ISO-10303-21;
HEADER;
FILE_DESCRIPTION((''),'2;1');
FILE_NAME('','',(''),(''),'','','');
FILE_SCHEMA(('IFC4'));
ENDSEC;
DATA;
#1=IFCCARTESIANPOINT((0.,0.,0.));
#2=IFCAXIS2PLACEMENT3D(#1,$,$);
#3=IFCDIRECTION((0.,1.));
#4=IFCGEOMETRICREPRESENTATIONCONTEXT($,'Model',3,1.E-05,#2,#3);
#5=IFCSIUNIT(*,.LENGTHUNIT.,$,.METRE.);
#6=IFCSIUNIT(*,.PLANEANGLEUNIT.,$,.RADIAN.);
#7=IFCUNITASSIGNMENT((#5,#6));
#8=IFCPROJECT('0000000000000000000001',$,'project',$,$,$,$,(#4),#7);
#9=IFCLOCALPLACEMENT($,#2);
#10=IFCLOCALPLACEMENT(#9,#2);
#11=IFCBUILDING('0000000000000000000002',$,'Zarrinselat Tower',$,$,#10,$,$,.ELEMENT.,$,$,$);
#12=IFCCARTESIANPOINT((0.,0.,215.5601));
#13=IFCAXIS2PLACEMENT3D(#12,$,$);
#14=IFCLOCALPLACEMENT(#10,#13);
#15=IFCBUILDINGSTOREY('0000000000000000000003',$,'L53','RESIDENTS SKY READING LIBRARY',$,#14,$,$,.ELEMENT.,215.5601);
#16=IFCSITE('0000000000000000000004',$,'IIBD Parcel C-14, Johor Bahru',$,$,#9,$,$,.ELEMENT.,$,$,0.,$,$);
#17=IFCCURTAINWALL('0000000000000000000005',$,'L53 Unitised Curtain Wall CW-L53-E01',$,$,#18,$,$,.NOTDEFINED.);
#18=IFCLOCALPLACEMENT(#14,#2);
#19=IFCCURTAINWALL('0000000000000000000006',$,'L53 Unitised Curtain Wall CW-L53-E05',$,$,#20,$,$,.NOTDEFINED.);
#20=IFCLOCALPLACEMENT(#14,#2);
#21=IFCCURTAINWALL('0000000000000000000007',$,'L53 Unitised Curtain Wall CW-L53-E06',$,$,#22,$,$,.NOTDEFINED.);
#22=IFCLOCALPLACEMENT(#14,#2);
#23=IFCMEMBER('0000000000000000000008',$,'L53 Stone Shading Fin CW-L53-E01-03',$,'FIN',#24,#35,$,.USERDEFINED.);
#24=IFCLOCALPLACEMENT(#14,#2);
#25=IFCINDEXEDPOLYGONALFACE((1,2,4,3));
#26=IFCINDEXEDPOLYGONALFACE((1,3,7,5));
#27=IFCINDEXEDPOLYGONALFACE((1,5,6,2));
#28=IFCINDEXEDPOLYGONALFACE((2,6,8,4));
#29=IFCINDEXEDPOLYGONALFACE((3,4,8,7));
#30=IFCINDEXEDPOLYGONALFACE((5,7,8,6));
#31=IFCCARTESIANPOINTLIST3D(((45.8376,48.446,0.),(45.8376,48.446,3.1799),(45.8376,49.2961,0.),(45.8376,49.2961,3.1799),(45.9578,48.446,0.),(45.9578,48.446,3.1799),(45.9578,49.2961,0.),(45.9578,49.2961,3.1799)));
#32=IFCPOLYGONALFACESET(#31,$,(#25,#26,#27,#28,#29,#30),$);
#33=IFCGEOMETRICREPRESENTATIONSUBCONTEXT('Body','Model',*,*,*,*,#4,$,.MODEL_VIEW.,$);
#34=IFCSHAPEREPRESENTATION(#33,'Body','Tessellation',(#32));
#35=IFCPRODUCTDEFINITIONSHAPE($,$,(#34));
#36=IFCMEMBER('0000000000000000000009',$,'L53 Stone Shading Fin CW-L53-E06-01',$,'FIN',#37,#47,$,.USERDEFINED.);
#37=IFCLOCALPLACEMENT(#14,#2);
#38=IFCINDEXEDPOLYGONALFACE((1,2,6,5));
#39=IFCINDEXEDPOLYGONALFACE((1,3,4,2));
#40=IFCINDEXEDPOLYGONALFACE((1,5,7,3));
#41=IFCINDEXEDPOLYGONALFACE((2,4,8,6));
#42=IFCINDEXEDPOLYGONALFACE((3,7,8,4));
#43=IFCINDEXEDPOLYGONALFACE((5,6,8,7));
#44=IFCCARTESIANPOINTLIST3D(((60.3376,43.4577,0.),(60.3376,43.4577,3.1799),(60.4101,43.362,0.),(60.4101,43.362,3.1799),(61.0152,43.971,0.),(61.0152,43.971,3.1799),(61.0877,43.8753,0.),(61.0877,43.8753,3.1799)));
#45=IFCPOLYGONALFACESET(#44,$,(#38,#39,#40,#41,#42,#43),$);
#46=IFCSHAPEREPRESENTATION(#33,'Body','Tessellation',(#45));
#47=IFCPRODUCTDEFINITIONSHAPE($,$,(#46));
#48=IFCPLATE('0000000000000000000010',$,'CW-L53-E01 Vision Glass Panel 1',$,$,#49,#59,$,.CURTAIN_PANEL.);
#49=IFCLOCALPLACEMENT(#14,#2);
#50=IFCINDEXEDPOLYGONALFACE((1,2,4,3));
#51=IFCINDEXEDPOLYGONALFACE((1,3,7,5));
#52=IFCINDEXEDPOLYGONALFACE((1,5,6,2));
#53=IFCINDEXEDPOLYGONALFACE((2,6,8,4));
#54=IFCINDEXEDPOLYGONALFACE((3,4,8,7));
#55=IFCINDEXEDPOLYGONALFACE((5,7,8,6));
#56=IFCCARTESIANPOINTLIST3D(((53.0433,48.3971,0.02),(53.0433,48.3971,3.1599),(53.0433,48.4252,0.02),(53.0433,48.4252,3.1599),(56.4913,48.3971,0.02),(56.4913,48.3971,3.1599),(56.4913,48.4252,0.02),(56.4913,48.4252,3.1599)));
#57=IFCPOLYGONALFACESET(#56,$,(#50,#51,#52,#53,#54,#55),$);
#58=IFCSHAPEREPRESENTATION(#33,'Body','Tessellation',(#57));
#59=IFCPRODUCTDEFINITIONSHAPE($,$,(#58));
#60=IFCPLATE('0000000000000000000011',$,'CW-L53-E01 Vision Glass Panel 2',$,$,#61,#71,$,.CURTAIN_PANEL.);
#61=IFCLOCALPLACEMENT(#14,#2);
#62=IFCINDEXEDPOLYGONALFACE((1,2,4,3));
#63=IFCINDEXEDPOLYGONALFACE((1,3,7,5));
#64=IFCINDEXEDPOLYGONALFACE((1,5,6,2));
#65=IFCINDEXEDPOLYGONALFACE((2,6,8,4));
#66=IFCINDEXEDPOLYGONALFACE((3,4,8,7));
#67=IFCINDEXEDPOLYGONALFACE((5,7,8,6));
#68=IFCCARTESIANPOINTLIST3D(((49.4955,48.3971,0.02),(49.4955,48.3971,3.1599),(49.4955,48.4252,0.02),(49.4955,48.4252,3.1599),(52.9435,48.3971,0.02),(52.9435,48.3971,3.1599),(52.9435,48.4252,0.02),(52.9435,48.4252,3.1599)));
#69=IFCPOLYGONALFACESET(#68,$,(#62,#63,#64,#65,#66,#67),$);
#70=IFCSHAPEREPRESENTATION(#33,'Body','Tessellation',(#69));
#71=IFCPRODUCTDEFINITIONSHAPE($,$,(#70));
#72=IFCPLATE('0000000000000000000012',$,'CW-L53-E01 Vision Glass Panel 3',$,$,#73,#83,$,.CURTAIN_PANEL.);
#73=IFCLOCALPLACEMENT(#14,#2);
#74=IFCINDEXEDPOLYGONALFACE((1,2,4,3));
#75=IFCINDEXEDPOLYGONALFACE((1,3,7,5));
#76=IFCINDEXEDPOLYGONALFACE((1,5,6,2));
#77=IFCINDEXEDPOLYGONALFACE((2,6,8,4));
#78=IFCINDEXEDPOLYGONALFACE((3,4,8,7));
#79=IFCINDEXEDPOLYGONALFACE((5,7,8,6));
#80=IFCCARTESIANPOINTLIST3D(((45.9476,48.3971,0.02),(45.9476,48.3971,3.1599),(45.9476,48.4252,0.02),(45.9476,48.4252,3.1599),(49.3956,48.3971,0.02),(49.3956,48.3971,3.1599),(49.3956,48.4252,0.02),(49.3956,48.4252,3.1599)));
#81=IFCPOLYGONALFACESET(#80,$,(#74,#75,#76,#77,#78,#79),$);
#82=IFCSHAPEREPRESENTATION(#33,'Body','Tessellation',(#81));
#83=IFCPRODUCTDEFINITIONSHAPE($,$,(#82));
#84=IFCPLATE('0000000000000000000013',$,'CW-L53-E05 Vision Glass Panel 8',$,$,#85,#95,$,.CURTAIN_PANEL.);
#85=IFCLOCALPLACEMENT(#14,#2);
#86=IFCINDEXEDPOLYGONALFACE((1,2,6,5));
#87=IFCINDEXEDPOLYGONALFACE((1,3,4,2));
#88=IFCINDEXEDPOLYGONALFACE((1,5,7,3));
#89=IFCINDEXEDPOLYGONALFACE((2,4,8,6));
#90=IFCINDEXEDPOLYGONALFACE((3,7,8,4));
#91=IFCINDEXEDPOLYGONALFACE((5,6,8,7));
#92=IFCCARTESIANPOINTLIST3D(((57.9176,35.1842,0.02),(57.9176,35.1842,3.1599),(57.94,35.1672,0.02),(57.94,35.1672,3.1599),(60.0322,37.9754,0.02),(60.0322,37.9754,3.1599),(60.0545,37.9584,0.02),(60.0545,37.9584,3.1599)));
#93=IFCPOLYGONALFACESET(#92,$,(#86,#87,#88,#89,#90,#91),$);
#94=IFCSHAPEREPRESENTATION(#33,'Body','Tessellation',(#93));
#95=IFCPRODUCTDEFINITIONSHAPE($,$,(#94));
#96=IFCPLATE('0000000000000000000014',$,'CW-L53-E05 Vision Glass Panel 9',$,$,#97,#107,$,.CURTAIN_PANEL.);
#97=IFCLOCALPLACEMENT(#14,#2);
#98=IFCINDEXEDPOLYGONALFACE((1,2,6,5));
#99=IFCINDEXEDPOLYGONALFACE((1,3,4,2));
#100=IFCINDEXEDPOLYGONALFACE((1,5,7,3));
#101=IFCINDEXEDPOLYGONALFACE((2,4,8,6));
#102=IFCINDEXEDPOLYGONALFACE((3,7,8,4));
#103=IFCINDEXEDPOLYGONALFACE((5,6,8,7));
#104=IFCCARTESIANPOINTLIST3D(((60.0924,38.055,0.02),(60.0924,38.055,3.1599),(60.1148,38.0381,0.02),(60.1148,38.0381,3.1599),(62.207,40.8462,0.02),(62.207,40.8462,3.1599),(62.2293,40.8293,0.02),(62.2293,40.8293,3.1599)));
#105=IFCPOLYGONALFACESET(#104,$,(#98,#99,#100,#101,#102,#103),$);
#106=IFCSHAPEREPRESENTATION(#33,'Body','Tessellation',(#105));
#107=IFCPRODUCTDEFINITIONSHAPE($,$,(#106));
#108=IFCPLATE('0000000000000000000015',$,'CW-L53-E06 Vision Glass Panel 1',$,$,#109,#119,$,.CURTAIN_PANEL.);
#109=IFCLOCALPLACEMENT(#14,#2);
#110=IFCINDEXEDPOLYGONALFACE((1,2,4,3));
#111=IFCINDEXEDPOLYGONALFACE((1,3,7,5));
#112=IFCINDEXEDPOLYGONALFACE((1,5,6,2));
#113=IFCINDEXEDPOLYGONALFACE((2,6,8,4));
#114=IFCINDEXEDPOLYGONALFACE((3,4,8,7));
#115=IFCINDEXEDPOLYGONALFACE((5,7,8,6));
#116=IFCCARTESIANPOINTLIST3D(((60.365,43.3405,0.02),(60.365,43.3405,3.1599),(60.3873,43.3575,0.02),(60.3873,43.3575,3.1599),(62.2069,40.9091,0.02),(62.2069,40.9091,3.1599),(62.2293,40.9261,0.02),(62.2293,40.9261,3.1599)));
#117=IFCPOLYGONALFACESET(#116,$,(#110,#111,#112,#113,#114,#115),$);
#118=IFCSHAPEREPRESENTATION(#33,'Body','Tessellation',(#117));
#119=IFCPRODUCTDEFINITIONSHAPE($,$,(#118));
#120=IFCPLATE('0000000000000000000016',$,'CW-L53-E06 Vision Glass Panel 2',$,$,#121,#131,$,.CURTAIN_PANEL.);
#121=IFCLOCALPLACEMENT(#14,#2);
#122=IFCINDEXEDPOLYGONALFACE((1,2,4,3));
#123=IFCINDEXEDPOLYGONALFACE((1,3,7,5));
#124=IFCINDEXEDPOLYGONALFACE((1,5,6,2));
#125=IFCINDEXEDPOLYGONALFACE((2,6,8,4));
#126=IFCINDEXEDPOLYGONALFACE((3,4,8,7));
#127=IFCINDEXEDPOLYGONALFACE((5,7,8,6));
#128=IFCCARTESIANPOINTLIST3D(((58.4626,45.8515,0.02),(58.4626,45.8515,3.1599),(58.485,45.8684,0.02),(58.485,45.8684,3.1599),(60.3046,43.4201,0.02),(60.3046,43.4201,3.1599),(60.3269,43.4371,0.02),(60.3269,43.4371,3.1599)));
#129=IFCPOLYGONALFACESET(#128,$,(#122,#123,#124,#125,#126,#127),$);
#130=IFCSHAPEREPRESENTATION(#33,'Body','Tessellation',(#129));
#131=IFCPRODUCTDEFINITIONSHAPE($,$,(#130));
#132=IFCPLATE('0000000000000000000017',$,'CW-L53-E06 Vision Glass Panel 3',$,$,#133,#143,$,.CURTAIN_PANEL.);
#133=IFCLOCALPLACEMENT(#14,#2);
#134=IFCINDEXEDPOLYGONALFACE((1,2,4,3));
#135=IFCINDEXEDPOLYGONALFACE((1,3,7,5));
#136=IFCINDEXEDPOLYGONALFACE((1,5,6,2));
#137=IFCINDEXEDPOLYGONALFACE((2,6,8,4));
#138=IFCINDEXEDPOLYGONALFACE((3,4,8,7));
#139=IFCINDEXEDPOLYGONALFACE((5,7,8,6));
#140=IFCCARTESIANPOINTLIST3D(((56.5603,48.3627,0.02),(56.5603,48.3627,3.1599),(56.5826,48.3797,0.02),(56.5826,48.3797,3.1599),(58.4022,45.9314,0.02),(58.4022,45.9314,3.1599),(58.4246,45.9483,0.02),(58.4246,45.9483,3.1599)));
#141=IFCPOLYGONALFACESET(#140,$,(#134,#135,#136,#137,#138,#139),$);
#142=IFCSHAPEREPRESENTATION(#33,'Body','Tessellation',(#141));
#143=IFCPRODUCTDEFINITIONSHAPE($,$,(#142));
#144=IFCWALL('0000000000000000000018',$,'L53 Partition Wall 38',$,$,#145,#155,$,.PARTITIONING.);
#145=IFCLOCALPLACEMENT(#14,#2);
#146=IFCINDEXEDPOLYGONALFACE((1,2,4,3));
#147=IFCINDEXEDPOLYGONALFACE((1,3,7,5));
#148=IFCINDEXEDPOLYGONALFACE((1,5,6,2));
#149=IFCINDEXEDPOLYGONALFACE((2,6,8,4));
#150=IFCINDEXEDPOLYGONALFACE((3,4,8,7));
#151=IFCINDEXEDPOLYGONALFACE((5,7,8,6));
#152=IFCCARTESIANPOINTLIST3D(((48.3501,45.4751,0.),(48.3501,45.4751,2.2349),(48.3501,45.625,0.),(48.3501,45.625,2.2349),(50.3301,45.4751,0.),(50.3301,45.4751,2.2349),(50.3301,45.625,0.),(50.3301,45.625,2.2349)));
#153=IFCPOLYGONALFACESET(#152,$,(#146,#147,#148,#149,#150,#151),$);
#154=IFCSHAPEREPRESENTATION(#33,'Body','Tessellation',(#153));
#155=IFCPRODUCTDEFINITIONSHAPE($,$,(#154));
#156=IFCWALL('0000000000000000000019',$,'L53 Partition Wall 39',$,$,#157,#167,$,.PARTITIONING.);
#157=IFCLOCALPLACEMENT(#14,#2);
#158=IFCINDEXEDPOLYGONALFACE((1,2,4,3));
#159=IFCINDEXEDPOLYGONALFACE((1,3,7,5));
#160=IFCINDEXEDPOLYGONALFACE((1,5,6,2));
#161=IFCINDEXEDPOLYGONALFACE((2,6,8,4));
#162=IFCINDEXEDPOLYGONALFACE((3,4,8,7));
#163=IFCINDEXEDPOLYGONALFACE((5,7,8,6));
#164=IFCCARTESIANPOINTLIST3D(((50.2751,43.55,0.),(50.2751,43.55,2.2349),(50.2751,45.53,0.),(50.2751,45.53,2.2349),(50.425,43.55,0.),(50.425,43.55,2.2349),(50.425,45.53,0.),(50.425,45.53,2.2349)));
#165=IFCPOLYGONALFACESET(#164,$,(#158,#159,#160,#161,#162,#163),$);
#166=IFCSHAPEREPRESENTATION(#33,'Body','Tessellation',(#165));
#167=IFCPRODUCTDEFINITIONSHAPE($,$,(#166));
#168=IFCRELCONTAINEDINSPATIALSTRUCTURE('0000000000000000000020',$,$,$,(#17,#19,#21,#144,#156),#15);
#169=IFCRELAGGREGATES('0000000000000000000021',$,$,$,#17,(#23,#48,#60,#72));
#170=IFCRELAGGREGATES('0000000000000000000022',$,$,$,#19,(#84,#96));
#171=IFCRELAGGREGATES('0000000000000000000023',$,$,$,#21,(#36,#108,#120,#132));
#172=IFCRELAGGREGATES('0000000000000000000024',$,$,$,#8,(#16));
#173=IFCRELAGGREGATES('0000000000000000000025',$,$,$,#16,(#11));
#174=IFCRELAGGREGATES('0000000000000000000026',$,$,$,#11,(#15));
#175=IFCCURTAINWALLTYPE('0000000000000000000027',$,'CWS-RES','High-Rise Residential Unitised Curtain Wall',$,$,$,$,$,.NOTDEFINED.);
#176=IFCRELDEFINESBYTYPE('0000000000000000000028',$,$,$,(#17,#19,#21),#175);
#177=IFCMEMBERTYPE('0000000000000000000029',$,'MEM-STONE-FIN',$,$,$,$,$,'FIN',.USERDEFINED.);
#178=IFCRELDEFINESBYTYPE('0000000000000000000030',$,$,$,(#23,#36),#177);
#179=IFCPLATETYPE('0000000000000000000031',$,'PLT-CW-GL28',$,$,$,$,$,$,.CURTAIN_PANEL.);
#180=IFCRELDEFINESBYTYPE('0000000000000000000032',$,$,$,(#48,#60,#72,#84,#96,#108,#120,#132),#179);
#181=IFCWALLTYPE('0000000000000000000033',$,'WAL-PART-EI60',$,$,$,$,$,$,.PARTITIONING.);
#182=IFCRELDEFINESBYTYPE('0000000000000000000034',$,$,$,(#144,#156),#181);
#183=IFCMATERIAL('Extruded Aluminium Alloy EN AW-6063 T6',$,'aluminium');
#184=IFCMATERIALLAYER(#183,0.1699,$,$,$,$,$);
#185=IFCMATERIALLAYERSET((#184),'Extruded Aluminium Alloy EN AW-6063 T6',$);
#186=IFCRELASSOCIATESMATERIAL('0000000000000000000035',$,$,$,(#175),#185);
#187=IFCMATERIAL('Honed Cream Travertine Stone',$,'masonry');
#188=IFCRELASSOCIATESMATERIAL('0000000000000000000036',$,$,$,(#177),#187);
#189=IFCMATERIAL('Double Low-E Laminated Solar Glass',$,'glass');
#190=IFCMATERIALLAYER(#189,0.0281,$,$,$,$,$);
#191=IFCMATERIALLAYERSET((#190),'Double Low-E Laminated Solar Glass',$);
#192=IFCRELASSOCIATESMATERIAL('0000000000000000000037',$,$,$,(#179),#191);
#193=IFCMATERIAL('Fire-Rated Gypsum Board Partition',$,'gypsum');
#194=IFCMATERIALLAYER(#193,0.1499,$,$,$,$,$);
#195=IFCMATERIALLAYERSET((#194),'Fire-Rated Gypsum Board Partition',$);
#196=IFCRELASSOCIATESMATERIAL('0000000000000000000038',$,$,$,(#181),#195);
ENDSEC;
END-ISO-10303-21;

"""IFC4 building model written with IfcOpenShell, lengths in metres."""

from ifc_helpers import new_model, si_unit, direction, frame, frame_2d, origin, origin_2d, place, context, subcontext, project, spatial, rectangle, extrude, material, layer, layer_set, material_profile, profile_set, type_object, element, aggregate, save


model = new_model("IFC4")

# Units and contexts
model_context = context("Model", 3, precision=1e-05, world=origin(), true_north=direction((0.0, 1.0)))
body_context = subcontext(model_context, "Body", "Model", "MODEL_VIEW")
ifc_project = project(units=[si_unit("LENGTHUNIT", "METRE"), si_unit("PLANEANGLEUNIT", "RADIAN")], contexts=[model_context])

# Site, building, storey
site_placement = place(None, origin())
site = spatial("IfcSite", under=ifc_project, at=site_placement, Name="IIBD Parcel C-14, Johor Bahru", CompositionType="ELEMENT", RefElevation=0.0)
building_placement = place(site_placement, origin())
building = spatial("IfcBuilding", under=site, at=building_placement, Name="Zarrinselat Tower", CompositionType="ELEMENT")
storey_placement = place(building_placement, frame((0.0, 0.0, 215.5601)))
storey = spatial("IfcBuildingStorey", under=building, at=storey_placement, Name="L53", Description="RESIDENTS SKY READING LIBRARY", CompositionType="ELEMENT", Elevation=215.5601)

# Curtain walls
ifc_material_1 = material(Name="Extruded Aluminium Alloy EN AW-6063 T6", Category="aluminium")
ifc_layer_1 = layer(ifc_material_1, 0.1699)
ifc_layer_set_1 = layer_set([ifc_layer_1], Name="Extruded Aluminium Alloy EN AW-6063 T6")
curtain_wall_type = type_object("IfcCurtainWallType", Name="CWS-RES", Description="High-Rise Residential Unitised Curtain Wall", PredefinedType="NOTDEFINED", material=ifc_layer_set_1)
curtain_wall_1_placement = place(storey_placement, origin())
curtain_wall_1 = element("IfcCurtainWall", 1, at=curtain_wall_1_placement, inside=storey, type_object=curtain_wall_type, Name="L53 Unitised Curtain Wall CW-L53-E01", PredefinedType="NOTDEFINED")
curtain_wall_2_placement = place(storey_placement, origin())
curtain_wall_2 = element("IfcCurtainWall", 2, at=curtain_wall_2_placement, inside=storey, type_object=curtain_wall_type, Name="L53 Unitised Curtain Wall CW-L53-E05", PredefinedType="NOTDEFINED")
curtain_wall_3_placement = place(storey_placement, origin())
curtain_wall_3 = element("IfcCurtainWall", 3, at=curtain_wall_3_placement, inside=storey, type_object=curtain_wall_type, Name="L53 Unitised Curtain Wall CW-L53-E06", PredefinedType="NOTDEFINED")

# Members
ifc_material_2 = material(Name="Honed Cream Travertine Stone", Category="masonry")
ifc_material_profile_1 = material_profile(ifc_material_2, rectangle(XDim=0.1201, YDim=0.8501, at=origin_2d()), Name="FIN 850x120")
ifc_profile_set_1 = profile_set([ifc_material_profile_1], Name="Honed Cream Travertine Stone")
member_type_1 = type_object("IfcMemberType", Name="MEM-STONE-FIN", ElementType="FIN", PredefinedType="USERDEFINED", material=ifc_profile_set_1)
member_1_placement = place(storey_placement, frame((45.8977, 48.8711, 0.0), z_axis=(0.0, 0.0, 1.0), x_axis=(1.0, 0.0, 0.0)))
member_1 = element("IfcMember", 4, at=member_1_placement, type_object=member_type_1, Name="L53 Stone Shading Fin CW-L53-E01-03", ObjectType="FIN", PredefinedType="USERDEFINED", context=body_context, shape_type="SweptSolid", body=[
    extrude(rectangle(XDim=0.1201, YDim=0.8501, at=origin_2d()), origin(), (0.0, 0.0, 1.0), 3.1799),
])
member_2_placement = place(storey_placement, frame((60.7126, 43.6665, 0.0), z_axis=(0.0, 0.0, 1.0), x_axis=(0.603858, -0.797092, 0.0)))
member_2 = element("IfcMember", 5, at=member_2_placement, type_object=member_type_1, Name="L53 Stone Shading Fin CW-L53-E06-01", ObjectType="FIN", PredefinedType="USERDEFINED", context=body_context, shape_type="SweptSolid", body=[
    extrude(rectangle(XDim=0.1201, YDim=0.8501, at=origin_2d()), origin(), (0.0, 0.0, 1.0), 3.1799),
])

# Plates
ifc_material_3 = material(Name="Double Low-E Laminated Solar Glass", Category="glass")
ifc_layer_2 = layer(ifc_material_3, 0.0281)
ifc_layer_set_2 = layer_set([ifc_layer_2], Name="Double Low-E Laminated Solar Glass")
plate_type = type_object("IfcPlateType", Name="PLT-CW-GL28", PredefinedType="CURTAIN_PANEL", material=ifc_layer_set_2)
plate_1_placement = place(storey_placement, frame((54.7673, 48.4111, 0.02), z_axis=(0.0, 0.0, 1.0), x_axis=(-1.0, 0.0, 0.0)))
plate_1 = element("IfcPlate", 6, at=plate_1_placement, type_object=plate_type, Name="CW-L53-E01 Vision Glass Panel 1", PredefinedType="CURTAIN_PANEL", context=body_context, shape_type="SweptSolid", body=[
    extrude(rectangle(XDim=3.448, YDim=0.0281, at=origin_2d()), origin(), (0.0, 0.0, 1.0), 3.1399),
])
plate_2_placement = place(storey_placement, frame((51.2195, 48.4111, 0.02), z_axis=(0.0, 0.0, 1.0), x_axis=(-1.0, 0.0, 0.0)))
plate_2 = element("IfcPlate", 7, at=plate_2_placement, type_object=plate_type, Name="CW-L53-E01 Vision Glass Panel 2", PredefinedType="CURTAIN_PANEL", context=body_context, shape_type="SweptSolid", body=[
    extrude(rectangle(XDim=3.448, YDim=0.0281, at=origin_2d()), origin(), (0.0, 0.0, 1.0), 3.1399),
])
plate_3_placement = place(storey_placement, frame((47.6716, 48.4111, 0.02), z_axis=(0.0, 0.0, 1.0), x_axis=(-1.0, 0.0, 0.0)))
plate_3 = element("IfcPlate", 8, at=plate_3_placement, type_object=plate_type, Name="CW-L53-E01 Vision Glass Panel 3", PredefinedType="CURTAIN_PANEL", context=body_context, shape_type="SweptSolid", body=[
    extrude(rectangle(XDim=3.448, YDim=0.0281, at=origin_2d()), origin(), (0.0, 0.0, 1.0), 3.1399),
])
aggregate(curtain_wall_1, [member_1, plate_1, plate_2, plate_3])
plate_4_placement = place(storey_placement, frame((58.9861, 36.5713, 0.02), z_axis=(0.0, 0.0, 1.0), x_axis=(0.603859, 0.797091, 0.0)))
plate_4 = element("IfcPlate", 9, at=plate_4_placement, type_object=plate_type, Name="CW-L53-E05 Vision Glass Panel 8", PredefinedType="CURTAIN_PANEL", context=body_context, shape_type="SweptSolid", body=[
    extrude(rectangle(XDim=3.5017, YDim=0.0281, at=origin_2d()), origin(), (0.0, 0.0, 1.0), 3.1399),
])
plate_5_placement = place(storey_placement, frame((61.1609, 39.4421, 0.02), z_axis=(0.0, 0.0, 1.0), x_axis=(0.603859, 0.797091, 0.0)))
plate_5 = element("IfcPlate", 10, at=plate_5_placement, type_object=plate_type, Name="CW-L53-E05 Vision Glass Panel 9", PredefinedType="CURTAIN_PANEL", context=body_context, shape_type="SweptSolid", body=[
    extrude(rectangle(XDim=3.5017, YDim=0.0281, at=origin_2d()), origin(), (0.0, 0.0, 1.0), 3.1399),
])
aggregate(curtain_wall_2, [plate_4, plate_5])
plate_6_placement = place(storey_placement, frame((61.2971, 42.1333, 0.02), z_axis=(0.0, 0.0, 1.0), x_axis=(-0.603858, 0.797092, 0.0)))
plate_6 = element("IfcPlate", 11, at=plate_6_placement, type_object=plate_type, Name="CW-L53-E06 Vision Glass Panel 1", PredefinedType="CURTAIN_PANEL", context=body_context, shape_type="SweptSolid", body=[
    extrude(rectangle(XDim=3.0503, YDim=0.0281, at=origin_2d()), origin(), (0.0, 0.0, 1.0), 3.1399),
])
plate_7_placement = place(storey_placement, frame((59.3948, 44.6443, 0.02), z_axis=(0.0, 0.0, 1.0), x_axis=(-0.603858, 0.797092, 0.0)))
plate_7 = element("IfcPlate", 12, at=plate_7_placement, type_object=plate_type, Name="CW-L53-E06 Vision Glass Panel 2", PredefinedType="CURTAIN_PANEL", context=body_context, shape_type="SweptSolid", body=[
    extrude(rectangle(XDim=3.0503, YDim=0.0281, at=origin_2d()), origin(), (0.0, 0.0, 1.0), 3.1399),
])
plate_8_placement = place(storey_placement, frame((57.4924, 47.1555, 0.02), z_axis=(0.0, 0.0, 1.0), x_axis=(-0.603858, 0.797092, 0.0)))
plate_8 = element("IfcPlate", 13, at=plate_8_placement, type_object=plate_type, Name="CW-L53-E06 Vision Glass Panel 3", PredefinedType="CURTAIN_PANEL", context=body_context, shape_type="SweptSolid", body=[
    extrude(rectangle(XDim=3.0503, YDim=0.0281, at=origin_2d()), origin(), (0.0, 0.0, 1.0), 3.1399),
])
aggregate(curtain_wall_3, [member_2, plate_6, plate_7, plate_8])

# Walls
ifc_material_4 = material(Name="Fire-Rated Gypsum Board Partition", Category="gypsum")
ifc_layer_3 = layer(ifc_material_4, 0.1499)
ifc_layer_set_3 = layer_set([ifc_layer_3], Name="Fire-Rated Gypsum Board Partition")
wall_type = type_object("IfcWallType", Name="WAL-PART-EI60", PredefinedType="PARTITIONING", material=ifc_layer_set_3)
for number, where, z_axis, x_axis, name in (
    (14, (48.3501, 45.55, 0.0), (0.0, 0.0, 1.0), (1.0, 0.0, 0.0), "L53 Partition Wall 38"),
    (15, (50.3501, 43.55, 0.0), (0.0, 0.0, 1.0), (0.0, 1.0, 0.0), "L53 Partition Wall 39"),
):
    element("IfcWall", number, at=place(storey_placement, frame(where, z_axis=z_axis, x_axis=x_axis)), inside=storey, type_object=wall_type, Name=name, PredefinedType="PARTITIONING", context=body_context, shape_type="SweptSolid", body=[
        extrude(rectangle(XDim=1.98, YDim=0.1499, at=frame_2d((0.99, 0.0))), origin(), (0.0, 0.0, 1.0), 2.2349),
    ])

save(model, "model.ifc")
